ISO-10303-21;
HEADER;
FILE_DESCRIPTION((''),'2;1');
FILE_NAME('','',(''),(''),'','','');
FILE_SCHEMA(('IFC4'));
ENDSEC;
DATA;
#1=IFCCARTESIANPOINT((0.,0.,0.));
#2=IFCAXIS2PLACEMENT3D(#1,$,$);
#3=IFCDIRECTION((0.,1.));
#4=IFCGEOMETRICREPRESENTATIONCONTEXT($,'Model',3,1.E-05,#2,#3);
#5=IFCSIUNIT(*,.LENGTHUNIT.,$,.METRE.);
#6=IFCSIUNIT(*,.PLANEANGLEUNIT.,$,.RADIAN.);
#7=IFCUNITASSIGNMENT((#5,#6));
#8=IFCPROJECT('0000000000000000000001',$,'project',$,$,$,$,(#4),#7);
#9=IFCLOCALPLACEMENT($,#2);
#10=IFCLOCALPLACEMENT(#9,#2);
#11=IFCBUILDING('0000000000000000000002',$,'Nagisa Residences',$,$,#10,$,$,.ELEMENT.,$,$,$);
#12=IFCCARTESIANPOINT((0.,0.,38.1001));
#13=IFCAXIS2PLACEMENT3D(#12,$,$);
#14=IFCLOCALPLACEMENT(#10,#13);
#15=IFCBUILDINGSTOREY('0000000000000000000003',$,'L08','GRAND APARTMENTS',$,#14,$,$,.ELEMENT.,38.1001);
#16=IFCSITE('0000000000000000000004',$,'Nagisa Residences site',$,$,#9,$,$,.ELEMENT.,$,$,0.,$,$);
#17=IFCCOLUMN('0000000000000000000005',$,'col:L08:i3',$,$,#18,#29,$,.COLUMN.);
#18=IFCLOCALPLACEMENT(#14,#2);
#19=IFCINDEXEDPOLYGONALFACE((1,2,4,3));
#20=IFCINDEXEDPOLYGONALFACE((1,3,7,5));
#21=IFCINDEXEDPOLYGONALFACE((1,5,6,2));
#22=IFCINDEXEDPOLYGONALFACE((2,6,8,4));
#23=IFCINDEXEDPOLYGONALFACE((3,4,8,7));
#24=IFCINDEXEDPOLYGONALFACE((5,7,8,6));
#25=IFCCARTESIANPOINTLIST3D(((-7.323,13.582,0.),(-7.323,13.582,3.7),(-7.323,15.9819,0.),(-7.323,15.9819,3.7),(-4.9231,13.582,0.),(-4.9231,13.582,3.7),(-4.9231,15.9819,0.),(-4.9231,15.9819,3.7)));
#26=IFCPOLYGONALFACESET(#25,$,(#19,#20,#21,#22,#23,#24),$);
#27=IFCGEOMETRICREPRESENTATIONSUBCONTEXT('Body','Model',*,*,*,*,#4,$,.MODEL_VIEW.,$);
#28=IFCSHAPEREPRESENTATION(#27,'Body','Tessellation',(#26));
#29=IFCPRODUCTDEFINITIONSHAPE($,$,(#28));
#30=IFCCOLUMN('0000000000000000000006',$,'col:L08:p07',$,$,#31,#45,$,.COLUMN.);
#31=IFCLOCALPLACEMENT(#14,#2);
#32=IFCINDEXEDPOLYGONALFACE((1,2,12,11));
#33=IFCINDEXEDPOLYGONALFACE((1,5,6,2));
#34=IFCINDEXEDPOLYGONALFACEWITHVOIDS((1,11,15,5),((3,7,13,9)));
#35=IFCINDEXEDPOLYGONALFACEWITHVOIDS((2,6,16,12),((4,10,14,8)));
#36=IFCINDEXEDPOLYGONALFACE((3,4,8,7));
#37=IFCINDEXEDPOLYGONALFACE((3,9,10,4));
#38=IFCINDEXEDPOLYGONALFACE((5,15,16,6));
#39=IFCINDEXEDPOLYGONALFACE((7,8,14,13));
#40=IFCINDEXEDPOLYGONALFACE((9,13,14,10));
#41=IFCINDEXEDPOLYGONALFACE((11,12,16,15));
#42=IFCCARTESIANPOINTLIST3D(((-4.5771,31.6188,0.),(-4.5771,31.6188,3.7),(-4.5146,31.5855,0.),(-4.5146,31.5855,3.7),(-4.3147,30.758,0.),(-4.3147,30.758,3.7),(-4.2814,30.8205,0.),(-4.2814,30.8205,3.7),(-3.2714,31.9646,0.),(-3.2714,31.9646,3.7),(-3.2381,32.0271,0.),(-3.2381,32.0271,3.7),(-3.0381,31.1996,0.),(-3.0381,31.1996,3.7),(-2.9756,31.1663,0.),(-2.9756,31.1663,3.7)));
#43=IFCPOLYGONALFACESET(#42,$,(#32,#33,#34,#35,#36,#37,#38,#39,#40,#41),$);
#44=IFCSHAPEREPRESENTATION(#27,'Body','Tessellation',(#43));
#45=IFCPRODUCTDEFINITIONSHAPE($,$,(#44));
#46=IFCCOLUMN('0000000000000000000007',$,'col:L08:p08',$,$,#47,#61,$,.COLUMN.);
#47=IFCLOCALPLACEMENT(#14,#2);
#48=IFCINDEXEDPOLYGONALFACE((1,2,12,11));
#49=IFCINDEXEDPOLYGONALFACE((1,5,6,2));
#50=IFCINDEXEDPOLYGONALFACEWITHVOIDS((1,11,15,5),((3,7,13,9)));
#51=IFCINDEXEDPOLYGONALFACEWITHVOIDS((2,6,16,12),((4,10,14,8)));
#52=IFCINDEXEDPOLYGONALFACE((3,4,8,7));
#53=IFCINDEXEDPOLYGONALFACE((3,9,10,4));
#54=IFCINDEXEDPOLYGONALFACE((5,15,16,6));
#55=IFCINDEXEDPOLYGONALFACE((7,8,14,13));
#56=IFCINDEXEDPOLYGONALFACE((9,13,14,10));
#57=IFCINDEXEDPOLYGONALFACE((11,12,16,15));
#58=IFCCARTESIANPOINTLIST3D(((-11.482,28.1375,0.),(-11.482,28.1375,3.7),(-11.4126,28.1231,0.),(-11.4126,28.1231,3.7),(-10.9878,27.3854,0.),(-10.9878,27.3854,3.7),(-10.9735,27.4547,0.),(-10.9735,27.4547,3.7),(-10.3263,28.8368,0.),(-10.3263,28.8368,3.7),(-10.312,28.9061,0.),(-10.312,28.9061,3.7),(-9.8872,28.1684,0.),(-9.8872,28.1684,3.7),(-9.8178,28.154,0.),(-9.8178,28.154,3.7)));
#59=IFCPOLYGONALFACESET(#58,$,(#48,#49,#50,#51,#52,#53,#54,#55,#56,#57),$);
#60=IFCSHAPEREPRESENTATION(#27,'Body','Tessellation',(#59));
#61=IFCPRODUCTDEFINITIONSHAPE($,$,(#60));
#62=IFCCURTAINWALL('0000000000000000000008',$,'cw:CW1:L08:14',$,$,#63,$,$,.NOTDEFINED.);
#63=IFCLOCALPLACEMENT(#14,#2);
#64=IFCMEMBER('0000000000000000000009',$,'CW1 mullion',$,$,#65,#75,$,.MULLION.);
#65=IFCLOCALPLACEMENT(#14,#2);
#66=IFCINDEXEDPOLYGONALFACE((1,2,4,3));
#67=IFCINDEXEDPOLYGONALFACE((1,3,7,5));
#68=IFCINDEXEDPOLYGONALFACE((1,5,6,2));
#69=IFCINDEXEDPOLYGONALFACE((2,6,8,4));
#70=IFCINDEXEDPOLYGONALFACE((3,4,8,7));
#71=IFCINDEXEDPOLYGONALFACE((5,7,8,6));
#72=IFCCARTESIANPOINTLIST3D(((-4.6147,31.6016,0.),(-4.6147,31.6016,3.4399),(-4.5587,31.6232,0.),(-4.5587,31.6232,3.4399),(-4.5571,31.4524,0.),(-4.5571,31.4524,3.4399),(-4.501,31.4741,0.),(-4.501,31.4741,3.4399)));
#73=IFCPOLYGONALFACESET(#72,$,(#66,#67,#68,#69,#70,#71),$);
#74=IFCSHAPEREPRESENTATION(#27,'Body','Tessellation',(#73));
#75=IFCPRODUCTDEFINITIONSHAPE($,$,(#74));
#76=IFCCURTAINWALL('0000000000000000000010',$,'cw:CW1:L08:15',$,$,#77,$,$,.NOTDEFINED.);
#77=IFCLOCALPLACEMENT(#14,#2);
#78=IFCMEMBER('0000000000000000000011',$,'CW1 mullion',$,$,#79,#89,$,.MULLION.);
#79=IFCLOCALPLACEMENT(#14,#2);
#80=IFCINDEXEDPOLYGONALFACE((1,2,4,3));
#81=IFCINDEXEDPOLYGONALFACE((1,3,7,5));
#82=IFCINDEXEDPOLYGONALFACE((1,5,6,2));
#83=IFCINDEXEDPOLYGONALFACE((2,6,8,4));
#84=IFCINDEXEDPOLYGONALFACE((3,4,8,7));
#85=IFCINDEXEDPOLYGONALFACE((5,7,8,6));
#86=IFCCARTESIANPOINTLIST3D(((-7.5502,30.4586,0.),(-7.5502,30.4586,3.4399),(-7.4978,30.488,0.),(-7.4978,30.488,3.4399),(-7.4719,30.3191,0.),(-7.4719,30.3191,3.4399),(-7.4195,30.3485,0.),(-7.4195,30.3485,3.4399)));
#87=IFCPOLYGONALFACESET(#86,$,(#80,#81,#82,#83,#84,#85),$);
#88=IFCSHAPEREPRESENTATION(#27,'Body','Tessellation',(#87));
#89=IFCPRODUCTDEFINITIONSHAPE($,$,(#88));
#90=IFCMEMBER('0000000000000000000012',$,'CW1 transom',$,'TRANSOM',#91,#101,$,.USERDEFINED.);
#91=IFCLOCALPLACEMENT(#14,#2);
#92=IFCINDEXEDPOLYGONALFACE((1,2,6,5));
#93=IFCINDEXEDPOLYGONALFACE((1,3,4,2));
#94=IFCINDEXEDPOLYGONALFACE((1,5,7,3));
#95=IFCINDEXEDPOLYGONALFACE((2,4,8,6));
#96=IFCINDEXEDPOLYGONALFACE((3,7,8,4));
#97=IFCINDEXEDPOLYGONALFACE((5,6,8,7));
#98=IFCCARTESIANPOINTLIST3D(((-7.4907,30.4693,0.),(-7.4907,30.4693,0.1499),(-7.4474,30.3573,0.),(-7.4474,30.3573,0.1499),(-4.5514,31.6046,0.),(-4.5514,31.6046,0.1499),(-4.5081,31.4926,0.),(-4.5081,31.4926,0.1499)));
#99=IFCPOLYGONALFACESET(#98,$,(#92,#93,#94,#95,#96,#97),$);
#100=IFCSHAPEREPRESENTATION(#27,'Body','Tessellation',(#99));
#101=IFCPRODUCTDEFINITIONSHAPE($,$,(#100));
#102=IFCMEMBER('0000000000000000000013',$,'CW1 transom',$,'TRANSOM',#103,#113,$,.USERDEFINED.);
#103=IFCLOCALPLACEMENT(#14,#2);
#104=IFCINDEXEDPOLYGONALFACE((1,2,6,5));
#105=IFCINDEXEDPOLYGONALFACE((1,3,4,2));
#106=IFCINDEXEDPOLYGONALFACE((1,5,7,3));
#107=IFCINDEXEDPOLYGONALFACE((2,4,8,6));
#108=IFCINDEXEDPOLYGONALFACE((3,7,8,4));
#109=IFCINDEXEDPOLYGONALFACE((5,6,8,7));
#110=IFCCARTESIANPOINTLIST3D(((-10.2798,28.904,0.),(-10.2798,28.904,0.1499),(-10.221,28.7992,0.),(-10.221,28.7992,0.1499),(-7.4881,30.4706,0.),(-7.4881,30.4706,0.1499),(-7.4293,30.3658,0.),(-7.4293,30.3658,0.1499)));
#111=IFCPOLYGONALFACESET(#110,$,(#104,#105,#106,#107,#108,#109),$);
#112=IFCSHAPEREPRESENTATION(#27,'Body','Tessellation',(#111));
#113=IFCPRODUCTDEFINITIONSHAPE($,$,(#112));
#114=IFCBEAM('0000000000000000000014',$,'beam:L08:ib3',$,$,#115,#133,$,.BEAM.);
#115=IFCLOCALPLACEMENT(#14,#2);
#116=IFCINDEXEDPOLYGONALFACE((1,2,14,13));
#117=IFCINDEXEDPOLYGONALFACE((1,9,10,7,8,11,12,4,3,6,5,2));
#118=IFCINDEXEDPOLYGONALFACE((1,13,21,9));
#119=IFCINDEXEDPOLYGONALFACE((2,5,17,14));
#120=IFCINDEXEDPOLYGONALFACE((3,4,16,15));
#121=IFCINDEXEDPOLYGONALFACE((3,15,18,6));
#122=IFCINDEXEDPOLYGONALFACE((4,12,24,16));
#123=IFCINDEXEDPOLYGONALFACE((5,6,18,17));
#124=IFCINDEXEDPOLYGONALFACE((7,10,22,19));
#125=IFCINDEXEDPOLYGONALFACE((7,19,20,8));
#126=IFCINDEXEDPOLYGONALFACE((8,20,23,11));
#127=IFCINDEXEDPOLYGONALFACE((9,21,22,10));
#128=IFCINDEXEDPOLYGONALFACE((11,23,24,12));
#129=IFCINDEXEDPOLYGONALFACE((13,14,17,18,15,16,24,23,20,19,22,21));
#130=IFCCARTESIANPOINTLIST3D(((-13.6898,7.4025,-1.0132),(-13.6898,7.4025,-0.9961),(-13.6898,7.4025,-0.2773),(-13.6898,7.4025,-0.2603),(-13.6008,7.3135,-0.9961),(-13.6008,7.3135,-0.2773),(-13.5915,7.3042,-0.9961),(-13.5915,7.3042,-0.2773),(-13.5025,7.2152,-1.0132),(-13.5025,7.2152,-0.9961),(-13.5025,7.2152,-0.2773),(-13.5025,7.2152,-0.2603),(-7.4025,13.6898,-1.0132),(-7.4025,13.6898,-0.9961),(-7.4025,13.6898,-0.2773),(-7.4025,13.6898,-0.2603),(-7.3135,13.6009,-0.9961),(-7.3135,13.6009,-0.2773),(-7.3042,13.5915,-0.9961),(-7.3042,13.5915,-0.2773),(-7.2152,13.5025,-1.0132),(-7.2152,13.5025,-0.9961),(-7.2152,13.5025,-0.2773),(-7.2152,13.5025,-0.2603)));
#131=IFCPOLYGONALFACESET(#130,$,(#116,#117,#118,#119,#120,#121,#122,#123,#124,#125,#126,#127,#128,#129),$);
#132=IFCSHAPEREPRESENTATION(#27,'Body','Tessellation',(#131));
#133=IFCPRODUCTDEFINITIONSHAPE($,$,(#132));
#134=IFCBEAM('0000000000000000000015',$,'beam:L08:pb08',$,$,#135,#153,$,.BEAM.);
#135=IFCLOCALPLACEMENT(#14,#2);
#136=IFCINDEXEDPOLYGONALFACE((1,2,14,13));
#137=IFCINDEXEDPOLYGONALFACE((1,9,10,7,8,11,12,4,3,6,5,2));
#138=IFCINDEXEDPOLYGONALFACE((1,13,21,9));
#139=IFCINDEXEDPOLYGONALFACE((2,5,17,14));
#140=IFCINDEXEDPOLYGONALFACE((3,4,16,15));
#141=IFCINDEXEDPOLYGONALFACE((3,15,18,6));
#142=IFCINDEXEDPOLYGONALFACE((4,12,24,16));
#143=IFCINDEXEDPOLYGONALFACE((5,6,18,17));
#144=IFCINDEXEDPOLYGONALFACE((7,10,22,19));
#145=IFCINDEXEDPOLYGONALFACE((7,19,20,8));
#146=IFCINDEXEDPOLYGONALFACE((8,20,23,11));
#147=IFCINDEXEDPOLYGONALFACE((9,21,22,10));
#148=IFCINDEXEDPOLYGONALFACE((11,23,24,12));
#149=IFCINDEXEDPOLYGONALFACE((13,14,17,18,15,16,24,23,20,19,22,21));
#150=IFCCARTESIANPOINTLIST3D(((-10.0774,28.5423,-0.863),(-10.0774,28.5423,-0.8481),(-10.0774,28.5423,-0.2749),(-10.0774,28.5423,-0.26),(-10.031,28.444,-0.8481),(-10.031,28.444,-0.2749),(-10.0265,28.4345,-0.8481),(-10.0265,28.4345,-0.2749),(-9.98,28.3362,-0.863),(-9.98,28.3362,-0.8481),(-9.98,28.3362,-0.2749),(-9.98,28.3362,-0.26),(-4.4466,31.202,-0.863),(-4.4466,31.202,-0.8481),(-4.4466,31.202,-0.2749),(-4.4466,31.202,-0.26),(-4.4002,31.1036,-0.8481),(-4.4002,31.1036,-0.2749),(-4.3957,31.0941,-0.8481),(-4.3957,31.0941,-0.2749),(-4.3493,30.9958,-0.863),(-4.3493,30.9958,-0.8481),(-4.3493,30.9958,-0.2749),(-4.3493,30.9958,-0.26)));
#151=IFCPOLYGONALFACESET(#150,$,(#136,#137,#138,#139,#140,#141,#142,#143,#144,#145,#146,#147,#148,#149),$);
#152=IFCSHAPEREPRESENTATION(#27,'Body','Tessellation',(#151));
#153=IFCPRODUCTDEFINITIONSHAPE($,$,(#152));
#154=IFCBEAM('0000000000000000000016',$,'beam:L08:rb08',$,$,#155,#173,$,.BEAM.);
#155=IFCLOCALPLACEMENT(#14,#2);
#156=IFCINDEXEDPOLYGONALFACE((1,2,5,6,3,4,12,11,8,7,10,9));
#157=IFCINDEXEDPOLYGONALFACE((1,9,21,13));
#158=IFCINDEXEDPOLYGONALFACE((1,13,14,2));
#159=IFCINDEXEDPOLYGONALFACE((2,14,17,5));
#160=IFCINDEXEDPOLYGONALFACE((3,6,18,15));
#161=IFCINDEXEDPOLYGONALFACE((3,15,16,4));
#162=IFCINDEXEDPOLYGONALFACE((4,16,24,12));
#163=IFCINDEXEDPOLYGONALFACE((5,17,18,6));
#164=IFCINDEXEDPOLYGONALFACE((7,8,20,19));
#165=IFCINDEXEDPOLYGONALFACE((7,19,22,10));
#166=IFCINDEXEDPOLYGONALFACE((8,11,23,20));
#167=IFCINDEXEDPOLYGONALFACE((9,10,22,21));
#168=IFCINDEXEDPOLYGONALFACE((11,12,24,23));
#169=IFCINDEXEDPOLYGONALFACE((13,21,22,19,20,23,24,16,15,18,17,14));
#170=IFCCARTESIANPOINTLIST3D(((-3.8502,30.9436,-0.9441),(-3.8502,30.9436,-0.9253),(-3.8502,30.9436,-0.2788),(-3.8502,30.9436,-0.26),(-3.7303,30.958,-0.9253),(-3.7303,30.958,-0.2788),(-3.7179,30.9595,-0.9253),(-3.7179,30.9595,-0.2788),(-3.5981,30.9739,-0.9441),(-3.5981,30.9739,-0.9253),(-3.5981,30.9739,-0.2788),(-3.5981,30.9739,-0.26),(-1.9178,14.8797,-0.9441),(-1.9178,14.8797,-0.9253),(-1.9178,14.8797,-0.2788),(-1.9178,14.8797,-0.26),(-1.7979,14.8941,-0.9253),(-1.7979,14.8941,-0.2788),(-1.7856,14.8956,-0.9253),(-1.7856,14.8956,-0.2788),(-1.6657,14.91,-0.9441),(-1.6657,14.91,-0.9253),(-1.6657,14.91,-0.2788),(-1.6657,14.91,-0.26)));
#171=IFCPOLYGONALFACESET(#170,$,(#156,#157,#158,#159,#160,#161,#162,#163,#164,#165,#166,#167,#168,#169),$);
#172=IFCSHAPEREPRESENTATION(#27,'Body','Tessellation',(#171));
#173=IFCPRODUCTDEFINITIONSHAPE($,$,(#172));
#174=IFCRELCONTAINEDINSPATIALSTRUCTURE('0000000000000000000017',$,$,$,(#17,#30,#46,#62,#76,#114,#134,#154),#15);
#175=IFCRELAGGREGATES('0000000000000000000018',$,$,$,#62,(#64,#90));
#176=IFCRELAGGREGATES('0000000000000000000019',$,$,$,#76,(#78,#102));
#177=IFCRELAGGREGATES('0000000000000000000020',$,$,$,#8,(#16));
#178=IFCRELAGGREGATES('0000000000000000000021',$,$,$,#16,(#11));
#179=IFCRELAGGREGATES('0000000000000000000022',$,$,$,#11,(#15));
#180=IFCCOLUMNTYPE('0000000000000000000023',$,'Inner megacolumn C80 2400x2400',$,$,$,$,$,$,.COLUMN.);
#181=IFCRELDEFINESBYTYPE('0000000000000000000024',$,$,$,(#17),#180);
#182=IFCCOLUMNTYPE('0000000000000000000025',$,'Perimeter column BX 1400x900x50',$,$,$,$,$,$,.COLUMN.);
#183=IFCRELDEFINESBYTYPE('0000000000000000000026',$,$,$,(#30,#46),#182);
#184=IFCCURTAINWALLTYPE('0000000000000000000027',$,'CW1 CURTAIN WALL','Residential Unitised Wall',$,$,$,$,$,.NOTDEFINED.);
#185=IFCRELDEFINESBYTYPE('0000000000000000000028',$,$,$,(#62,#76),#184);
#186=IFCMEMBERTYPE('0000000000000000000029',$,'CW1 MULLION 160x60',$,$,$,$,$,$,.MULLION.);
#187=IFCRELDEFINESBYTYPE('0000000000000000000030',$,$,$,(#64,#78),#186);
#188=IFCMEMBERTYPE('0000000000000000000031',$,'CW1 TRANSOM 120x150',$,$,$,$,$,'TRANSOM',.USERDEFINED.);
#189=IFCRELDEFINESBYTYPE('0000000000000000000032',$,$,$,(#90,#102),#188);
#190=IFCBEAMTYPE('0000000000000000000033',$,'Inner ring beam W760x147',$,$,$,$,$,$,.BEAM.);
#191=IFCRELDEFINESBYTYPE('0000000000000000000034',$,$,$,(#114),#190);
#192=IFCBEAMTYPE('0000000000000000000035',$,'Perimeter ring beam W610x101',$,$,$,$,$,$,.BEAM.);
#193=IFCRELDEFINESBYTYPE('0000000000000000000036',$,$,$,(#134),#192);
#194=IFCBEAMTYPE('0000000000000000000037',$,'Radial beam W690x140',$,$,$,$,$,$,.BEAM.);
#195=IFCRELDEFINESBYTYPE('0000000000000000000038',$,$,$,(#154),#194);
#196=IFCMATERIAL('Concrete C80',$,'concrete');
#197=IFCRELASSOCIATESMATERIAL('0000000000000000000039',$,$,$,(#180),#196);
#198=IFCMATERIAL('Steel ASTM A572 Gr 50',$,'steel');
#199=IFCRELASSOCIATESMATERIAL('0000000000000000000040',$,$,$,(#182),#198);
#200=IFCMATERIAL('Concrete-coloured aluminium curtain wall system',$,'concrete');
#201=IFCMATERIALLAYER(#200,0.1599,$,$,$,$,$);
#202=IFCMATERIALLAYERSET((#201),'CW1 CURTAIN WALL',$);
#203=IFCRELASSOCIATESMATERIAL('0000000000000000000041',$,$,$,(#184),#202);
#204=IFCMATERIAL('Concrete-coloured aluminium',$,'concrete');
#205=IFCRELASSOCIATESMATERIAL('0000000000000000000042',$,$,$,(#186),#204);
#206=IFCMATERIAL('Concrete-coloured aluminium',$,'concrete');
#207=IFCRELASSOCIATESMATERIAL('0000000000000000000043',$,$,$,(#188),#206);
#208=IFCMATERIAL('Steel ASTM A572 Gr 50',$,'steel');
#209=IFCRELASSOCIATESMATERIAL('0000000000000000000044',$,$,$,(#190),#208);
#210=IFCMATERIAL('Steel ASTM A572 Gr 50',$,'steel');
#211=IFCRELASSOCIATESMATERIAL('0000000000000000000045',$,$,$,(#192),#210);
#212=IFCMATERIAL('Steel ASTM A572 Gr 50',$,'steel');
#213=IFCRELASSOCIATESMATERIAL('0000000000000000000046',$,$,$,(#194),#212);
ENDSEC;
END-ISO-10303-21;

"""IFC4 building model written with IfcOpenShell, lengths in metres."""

from ifc_helpers import new_model, si_unit, direction, frame, origin, origin_2d, place, context, subcontext, project, spatial, rectangle, hollow_rectangle, i_section, extrude, material, layer, layer_set, material_profile, profile_set, type_object, element, aggregate, save


model = new_model("IFC4")

# Units and contexts
model_context = context("Model", 3, precision=1e-05, world=origin(), true_north=direction((0.0, 1.0)))
body_context = subcontext(model_context, "Body", "Model", "MODEL_VIEW")
ifc_project = project(units=[si_unit("LENGTHUNIT", "METRE"), si_unit("PLANEANGLEUNIT", "RADIAN")], contexts=[model_context])

# Site, building, storey
site_placement = place(None, origin())
site = spatial("IfcSite", under=ifc_project, at=site_placement, Name="Nagisa Residences site", CompositionType="ELEMENT", RefElevation=0.0)
building_placement = place(site_placement, origin())
building = spatial("IfcBuilding", under=site, at=building_placement, Name="Nagisa Residences", CompositionType="ELEMENT")
storey_placement = place(building_placement, frame((0.0, 0.0, 38.1001)))
storey = spatial("IfcBuildingStorey", under=building, at=storey_placement, Name="L08", Description="GRAND APARTMENTS", CompositionType="ELEMENT", Elevation=38.1001)

# Columns
ifc_material_1 = material(Name="Concrete C80", Category="concrete")
ifc_material_profile_1 = material_profile(ifc_material_1, rectangle(XDim=2.3999, YDim=2.3999, at=origin_2d()), Name="C80 2400x2400")
ifc_profile_set_1 = profile_set([ifc_material_profile_1], Name="Concrete C80")
column_type_1 = type_object("IfcColumnType", Name="Inner megacolumn C80 2400x2400", PredefinedType="COLUMN", material=ifc_profile_set_1)
column_placement = place(storey_placement, frame((-6.123, 14.782, 0.0), z_axis=(0.0, 0.0, 1.0), x_axis=(1.0, 0.0, 0.0)))
element("IfcColumn", 1, at=column_placement, inside=storey, type_object=column_type_1, Name="col:L08:i3", PredefinedType="COLUMN", context=body_context, shape_type="SweptSolid", body=[
    extrude(rectangle(XDim=2.3999, YDim=2.3999, at=origin_2d()), origin(), (0.0, 0.0, 1.0), 3.7),
])
ifc_material_2 = material(Name="Steel ASTM A572 Gr 50", Category="steel")
ifc_material_profile_2 = material_profile(ifc_material_2, hollow_rectangle(XDim=1.3999, YDim=0.8999, WallThickness=0.05, at=origin_2d()), Name="BX 1400x900x50")
ifc_profile_set_2 = profile_set([ifc_material_profile_2], Name="Steel ASTM A572 Gr 50")
column_type_2 = type_object("IfcColumnType", Name="Perimeter column BX 1400x900x50", PredefinedType="COLUMN", material=ifc_profile_set_2)
for number, where, z_axis, x_axis, name in (
    (2, (-3.7764, 31.3926, 0.0), (0.0, 0.0, 1.0), (-0.956525, -0.291652, 0.0), "col:L08:p07"),
    (3, (-10.6499, 28.1458, 0.0), (0.0, 0.0, 1.0), (-0.835766, -0.549086, 0.0), "col:L08:p08"),
):
    element("IfcColumn", number, at=place(storey_placement, frame(where, z_axis=z_axis, x_axis=x_axis)), inside=storey, type_object=column_type_2, Name=name, PredefinedType="COLUMN", context=body_context, shape_type="SweptSolid", body=[
        extrude(hollow_rectangle(XDim=1.3999, YDim=0.8999, WallThickness=0.05, at=origin_2d()), origin(), (0.0, 0.0, 1.0), 3.7),
    ])

# Curtain walls, members
ifc_material_3 = material(Name="Concrete-coloured aluminium curtain wall system", Category="concrete")
ifc_layer_1 = layer(ifc_material_3, 0.1599)
ifc_layer_set_1 = layer_set([ifc_layer_1], Name="CW1 CURTAIN WALL")
curtain_wall_type = type_object("IfcCurtainWallType", Name="CW1 CURTAIN WALL", Description="Residential Unitised Wall", PredefinedType="NOTDEFINED", material=ifc_layer_set_1)
curtain_wall_1_placement = place(storey_placement, origin())
curtain_wall_1 = element("IfcCurtainWall", 4, at=curtain_wall_1_placement, inside=storey, type_object=curtain_wall_type, Name="cw:CW1:L08:14", PredefinedType="NOTDEFINED")
ifc_material_4 = material(Name="Concrete-coloured aluminium", Category="concrete")
ifc_material_profile_3 = material_profile(ifc_material_4, rectangle(XDim=0.1599, YDim=0.0601, at=origin_2d()), Name="CW1 MULLION 160x60")
ifc_profile_set_3 = profile_set([ifc_material_profile_3], Name="Concrete-coloured aluminium")
member_type_1 = type_object("IfcMemberType", Name="CW1 MULLION 160x60", PredefinedType="MULLION", material=ifc_profile_set_3)
member_1_placement = place(storey_placement, frame((-4.5579, 31.5378, 0.0), z_axis=(0.0, 0.0, 1.0), x_axis=(0.360328, -0.932826, 0.0)))
member_1 = element("IfcMember", 5, at=member_1_placement, type_object=member_type_1, Name="CW1 mullion", PredefinedType="MULLION", context=body_context, shape_type="SweptSolid", body=[
    extrude(rectangle(XDim=0.1599, YDim=0.0601, at=origin_2d()), origin(), (0.0, 0.0, 1.0), 3.4399),
])
curtain_wall_2_placement = place(storey_placement, origin())
curtain_wall_2 = element("IfcCurtainWall", 6, at=curtain_wall_2_placement, inside=storey, type_object=curtain_wall_type, Name="cw:CW1:L08:15", PredefinedType="NOTDEFINED")
member_2_placement = place(storey_placement, frame((-7.4849, 30.4036, 0.0), z_axis=(0.0, 0.0, 1.0), x_axis=(0.489377, -0.872072, 0.0)))
member_2 = element("IfcMember", 7, at=member_2_placement, type_object=member_type_1, Name="CW1 mullion", PredefinedType="MULLION", context=body_context, shape_type="SweptSolid", body=[
    extrude(rectangle(XDim=0.1599, YDim=0.0601, at=origin_2d()), origin(), (0.0, 0.0, 1.0), 3.4399),
])

# Members
ifc_material_5 = material(Name="Concrete-coloured aluminium", Category="concrete")
ifc_material_profile_4 = material_profile(ifc_material_5, rectangle(XDim=0.1201, YDim=0.1499, at=origin_2d()), Name="CW1 TRANSOM 120x150")
ifc_profile_set_4 = profile_set([ifc_material_profile_4], Name="Concrete-coloured aluminium")
member_type_2 = type_object("IfcMemberType", Name="CW1 TRANSOM 120x150", ElementType="TRANSOM", PredefinedType="USERDEFINED", material=ifc_profile_set_4)
member_3_placement = place(storey_placement, frame((-4.5298, 31.5486, 0.075), z_axis=(-0.932835, -0.360303, 0.0), x_axis=(0.360303, -0.932835, 0.0)))
member_3 = element("IfcMember", 8, at=member_3_placement, type_object=member_type_2, Name="CW1 transom", ObjectType="TRANSOM", PredefinedType="USERDEFINED", context=body_context, shape_type="SweptSolid", body=[
    extrude(rectangle(XDim=0.1201, YDim=0.1499, at=origin_2d()), origin(), (0.0, 0.0, 1.0), 3.1509),
])
member_4_placement = place(storey_placement, frame((-7.4587, 30.4182, 0.075), z_axis=(-0.87207, -0.489381, 0.0), x_axis=(0.489381, -0.87207, 0.0)))
member_4 = element("IfcMember", 9, at=member_4_placement, type_object=member_type_2, Name="CW1 transom", ObjectType="TRANSOM", PredefinedType="USERDEFINED", context=body_context, shape_type="SweptSolid", body=[
    extrude(rectangle(XDim=0.1201, YDim=0.1499, at=origin_2d()), origin(), (0.0, 0.0, 1.0), 3.2012),
])

# Beams
ifc_material_6 = material(Name="Steel ASTM A572 Gr 50", Category="steel")
ifc_material_profile_5 = material_profile(ifc_material_6, i_section(OverallWidth=0.2649, OverallDepth=0.7529, WebThickness=0.0132, FlangeThickness=0.0171, at=origin_2d()), Name="W760x147")
ifc_profile_set_5 = profile_set([ifc_material_profile_5], Name="Steel ASTM A572 Gr 50")
beam_type_1 = type_object("IfcBeamType", Name="Inner ring beam W760x147", PredefinedType="BEAM", material=ifc_profile_set_5)
beam_1_placement = place(storey_placement, frame((-7.3088, 13.5962, -0.6367), z_axis=(-0.707107, -0.707107, 0.0), x_axis=(0.707107, -0.707107, 0.0)))
element("IfcBeam", 10, at=beam_1_placement, inside=storey, type_object=beam_type_1, Name="beam:L08:ib3", PredefinedType="BEAM", context=body_context, shape_type="SweptSolid", body=[
    extrude(i_section(OverallWidth=0.2649, OverallDepth=0.7529, WebThickness=0.0132, FlangeThickness=0.0171, at=origin_2d()), origin(), (0.0, 0.0, 1.0), 8.8916),
])
ifc_material_7 = material(Name="Steel ASTM A572 Gr 50", Category="steel")
ifc_material_profile_6 = material_profile(ifc_material_7, i_section(OverallWidth=0.228, OverallDepth=0.603, WebThickness=0.0105, FlangeThickness=0.0149, at=origin_2d()), Name="W610x101")
ifc_profile_set_6 = profile_set([ifc_material_profile_6], Name="Steel ASTM A572 Gr 50")
beam_type_2 = type_object("IfcBeamType", Name="Perimeter ring beam W610x101", PredefinedType="BEAM", material=ifc_profile_set_6)
beam_2_placement = place(storey_placement, frame((-4.3979, 31.0989, -0.5615), z_axis=(-0.904208, -0.427092, 0.0), x_axis=(0.427092, -0.904208, 0.0)))
element("IfcBeam", 11, at=beam_2_placement, inside=storey, type_object=beam_type_2, Name="beam:L08:pb08", PredefinedType="BEAM", context=body_context, shape_type="SweptSolid", body=[
    extrude(i_section(OverallWidth=0.228, OverallDepth=0.603, WebThickness=0.0105, FlangeThickness=0.0149, at=origin_2d()), origin(), (0.0, 0.0, 1.0), 6.2273),
])
ifc_material_8 = material(Name="Steel ASTM A572 Gr 50", Category="steel")
ifc_material_profile_7 = material_profile(ifc_material_8, i_section(OverallWidth=0.2539, OverallDepth=0.6841, WebThickness=0.0125, FlangeThickness=0.0188, at=origin_2d()), Name="W690x140")
ifc_profile_set_7 = profile_set([ifc_material_profile_7], Name="Steel ASTM A572 Gr 50")
beam_type_3 = type_object("IfcBeamType", Name="Radial beam W690x140", PredefinedType="BEAM", material=ifc_profile_set_7)
beam_3_placement = place(storey_placement, frame((-3.7241, 30.9587, -0.6021), z_axis=(0.119431, -0.992842, 0.0), x_axis=(0.992842, 0.119431, 0.0)))
element("IfcBeam", 12, at=beam_3_placement, inside=storey, type_object=beam_type_3, Name="beam:L08:rb08", PredefinedType="BEAM", context=body_context, shape_type="SweptSolid", body=[
    extrude(i_section(OverallWidth=0.2539, OverallDepth=0.6841, WebThickness=0.0125, FlangeThickness=0.0188, at=origin_2d()), origin(), (0.0, 0.0, 1.0), 16.1797),
])

aggregate(curtain_wall_1, [member_1, member_3])
aggregate(curtain_wall_2, [member_2, member_4])

save(model, "model.ifc")
